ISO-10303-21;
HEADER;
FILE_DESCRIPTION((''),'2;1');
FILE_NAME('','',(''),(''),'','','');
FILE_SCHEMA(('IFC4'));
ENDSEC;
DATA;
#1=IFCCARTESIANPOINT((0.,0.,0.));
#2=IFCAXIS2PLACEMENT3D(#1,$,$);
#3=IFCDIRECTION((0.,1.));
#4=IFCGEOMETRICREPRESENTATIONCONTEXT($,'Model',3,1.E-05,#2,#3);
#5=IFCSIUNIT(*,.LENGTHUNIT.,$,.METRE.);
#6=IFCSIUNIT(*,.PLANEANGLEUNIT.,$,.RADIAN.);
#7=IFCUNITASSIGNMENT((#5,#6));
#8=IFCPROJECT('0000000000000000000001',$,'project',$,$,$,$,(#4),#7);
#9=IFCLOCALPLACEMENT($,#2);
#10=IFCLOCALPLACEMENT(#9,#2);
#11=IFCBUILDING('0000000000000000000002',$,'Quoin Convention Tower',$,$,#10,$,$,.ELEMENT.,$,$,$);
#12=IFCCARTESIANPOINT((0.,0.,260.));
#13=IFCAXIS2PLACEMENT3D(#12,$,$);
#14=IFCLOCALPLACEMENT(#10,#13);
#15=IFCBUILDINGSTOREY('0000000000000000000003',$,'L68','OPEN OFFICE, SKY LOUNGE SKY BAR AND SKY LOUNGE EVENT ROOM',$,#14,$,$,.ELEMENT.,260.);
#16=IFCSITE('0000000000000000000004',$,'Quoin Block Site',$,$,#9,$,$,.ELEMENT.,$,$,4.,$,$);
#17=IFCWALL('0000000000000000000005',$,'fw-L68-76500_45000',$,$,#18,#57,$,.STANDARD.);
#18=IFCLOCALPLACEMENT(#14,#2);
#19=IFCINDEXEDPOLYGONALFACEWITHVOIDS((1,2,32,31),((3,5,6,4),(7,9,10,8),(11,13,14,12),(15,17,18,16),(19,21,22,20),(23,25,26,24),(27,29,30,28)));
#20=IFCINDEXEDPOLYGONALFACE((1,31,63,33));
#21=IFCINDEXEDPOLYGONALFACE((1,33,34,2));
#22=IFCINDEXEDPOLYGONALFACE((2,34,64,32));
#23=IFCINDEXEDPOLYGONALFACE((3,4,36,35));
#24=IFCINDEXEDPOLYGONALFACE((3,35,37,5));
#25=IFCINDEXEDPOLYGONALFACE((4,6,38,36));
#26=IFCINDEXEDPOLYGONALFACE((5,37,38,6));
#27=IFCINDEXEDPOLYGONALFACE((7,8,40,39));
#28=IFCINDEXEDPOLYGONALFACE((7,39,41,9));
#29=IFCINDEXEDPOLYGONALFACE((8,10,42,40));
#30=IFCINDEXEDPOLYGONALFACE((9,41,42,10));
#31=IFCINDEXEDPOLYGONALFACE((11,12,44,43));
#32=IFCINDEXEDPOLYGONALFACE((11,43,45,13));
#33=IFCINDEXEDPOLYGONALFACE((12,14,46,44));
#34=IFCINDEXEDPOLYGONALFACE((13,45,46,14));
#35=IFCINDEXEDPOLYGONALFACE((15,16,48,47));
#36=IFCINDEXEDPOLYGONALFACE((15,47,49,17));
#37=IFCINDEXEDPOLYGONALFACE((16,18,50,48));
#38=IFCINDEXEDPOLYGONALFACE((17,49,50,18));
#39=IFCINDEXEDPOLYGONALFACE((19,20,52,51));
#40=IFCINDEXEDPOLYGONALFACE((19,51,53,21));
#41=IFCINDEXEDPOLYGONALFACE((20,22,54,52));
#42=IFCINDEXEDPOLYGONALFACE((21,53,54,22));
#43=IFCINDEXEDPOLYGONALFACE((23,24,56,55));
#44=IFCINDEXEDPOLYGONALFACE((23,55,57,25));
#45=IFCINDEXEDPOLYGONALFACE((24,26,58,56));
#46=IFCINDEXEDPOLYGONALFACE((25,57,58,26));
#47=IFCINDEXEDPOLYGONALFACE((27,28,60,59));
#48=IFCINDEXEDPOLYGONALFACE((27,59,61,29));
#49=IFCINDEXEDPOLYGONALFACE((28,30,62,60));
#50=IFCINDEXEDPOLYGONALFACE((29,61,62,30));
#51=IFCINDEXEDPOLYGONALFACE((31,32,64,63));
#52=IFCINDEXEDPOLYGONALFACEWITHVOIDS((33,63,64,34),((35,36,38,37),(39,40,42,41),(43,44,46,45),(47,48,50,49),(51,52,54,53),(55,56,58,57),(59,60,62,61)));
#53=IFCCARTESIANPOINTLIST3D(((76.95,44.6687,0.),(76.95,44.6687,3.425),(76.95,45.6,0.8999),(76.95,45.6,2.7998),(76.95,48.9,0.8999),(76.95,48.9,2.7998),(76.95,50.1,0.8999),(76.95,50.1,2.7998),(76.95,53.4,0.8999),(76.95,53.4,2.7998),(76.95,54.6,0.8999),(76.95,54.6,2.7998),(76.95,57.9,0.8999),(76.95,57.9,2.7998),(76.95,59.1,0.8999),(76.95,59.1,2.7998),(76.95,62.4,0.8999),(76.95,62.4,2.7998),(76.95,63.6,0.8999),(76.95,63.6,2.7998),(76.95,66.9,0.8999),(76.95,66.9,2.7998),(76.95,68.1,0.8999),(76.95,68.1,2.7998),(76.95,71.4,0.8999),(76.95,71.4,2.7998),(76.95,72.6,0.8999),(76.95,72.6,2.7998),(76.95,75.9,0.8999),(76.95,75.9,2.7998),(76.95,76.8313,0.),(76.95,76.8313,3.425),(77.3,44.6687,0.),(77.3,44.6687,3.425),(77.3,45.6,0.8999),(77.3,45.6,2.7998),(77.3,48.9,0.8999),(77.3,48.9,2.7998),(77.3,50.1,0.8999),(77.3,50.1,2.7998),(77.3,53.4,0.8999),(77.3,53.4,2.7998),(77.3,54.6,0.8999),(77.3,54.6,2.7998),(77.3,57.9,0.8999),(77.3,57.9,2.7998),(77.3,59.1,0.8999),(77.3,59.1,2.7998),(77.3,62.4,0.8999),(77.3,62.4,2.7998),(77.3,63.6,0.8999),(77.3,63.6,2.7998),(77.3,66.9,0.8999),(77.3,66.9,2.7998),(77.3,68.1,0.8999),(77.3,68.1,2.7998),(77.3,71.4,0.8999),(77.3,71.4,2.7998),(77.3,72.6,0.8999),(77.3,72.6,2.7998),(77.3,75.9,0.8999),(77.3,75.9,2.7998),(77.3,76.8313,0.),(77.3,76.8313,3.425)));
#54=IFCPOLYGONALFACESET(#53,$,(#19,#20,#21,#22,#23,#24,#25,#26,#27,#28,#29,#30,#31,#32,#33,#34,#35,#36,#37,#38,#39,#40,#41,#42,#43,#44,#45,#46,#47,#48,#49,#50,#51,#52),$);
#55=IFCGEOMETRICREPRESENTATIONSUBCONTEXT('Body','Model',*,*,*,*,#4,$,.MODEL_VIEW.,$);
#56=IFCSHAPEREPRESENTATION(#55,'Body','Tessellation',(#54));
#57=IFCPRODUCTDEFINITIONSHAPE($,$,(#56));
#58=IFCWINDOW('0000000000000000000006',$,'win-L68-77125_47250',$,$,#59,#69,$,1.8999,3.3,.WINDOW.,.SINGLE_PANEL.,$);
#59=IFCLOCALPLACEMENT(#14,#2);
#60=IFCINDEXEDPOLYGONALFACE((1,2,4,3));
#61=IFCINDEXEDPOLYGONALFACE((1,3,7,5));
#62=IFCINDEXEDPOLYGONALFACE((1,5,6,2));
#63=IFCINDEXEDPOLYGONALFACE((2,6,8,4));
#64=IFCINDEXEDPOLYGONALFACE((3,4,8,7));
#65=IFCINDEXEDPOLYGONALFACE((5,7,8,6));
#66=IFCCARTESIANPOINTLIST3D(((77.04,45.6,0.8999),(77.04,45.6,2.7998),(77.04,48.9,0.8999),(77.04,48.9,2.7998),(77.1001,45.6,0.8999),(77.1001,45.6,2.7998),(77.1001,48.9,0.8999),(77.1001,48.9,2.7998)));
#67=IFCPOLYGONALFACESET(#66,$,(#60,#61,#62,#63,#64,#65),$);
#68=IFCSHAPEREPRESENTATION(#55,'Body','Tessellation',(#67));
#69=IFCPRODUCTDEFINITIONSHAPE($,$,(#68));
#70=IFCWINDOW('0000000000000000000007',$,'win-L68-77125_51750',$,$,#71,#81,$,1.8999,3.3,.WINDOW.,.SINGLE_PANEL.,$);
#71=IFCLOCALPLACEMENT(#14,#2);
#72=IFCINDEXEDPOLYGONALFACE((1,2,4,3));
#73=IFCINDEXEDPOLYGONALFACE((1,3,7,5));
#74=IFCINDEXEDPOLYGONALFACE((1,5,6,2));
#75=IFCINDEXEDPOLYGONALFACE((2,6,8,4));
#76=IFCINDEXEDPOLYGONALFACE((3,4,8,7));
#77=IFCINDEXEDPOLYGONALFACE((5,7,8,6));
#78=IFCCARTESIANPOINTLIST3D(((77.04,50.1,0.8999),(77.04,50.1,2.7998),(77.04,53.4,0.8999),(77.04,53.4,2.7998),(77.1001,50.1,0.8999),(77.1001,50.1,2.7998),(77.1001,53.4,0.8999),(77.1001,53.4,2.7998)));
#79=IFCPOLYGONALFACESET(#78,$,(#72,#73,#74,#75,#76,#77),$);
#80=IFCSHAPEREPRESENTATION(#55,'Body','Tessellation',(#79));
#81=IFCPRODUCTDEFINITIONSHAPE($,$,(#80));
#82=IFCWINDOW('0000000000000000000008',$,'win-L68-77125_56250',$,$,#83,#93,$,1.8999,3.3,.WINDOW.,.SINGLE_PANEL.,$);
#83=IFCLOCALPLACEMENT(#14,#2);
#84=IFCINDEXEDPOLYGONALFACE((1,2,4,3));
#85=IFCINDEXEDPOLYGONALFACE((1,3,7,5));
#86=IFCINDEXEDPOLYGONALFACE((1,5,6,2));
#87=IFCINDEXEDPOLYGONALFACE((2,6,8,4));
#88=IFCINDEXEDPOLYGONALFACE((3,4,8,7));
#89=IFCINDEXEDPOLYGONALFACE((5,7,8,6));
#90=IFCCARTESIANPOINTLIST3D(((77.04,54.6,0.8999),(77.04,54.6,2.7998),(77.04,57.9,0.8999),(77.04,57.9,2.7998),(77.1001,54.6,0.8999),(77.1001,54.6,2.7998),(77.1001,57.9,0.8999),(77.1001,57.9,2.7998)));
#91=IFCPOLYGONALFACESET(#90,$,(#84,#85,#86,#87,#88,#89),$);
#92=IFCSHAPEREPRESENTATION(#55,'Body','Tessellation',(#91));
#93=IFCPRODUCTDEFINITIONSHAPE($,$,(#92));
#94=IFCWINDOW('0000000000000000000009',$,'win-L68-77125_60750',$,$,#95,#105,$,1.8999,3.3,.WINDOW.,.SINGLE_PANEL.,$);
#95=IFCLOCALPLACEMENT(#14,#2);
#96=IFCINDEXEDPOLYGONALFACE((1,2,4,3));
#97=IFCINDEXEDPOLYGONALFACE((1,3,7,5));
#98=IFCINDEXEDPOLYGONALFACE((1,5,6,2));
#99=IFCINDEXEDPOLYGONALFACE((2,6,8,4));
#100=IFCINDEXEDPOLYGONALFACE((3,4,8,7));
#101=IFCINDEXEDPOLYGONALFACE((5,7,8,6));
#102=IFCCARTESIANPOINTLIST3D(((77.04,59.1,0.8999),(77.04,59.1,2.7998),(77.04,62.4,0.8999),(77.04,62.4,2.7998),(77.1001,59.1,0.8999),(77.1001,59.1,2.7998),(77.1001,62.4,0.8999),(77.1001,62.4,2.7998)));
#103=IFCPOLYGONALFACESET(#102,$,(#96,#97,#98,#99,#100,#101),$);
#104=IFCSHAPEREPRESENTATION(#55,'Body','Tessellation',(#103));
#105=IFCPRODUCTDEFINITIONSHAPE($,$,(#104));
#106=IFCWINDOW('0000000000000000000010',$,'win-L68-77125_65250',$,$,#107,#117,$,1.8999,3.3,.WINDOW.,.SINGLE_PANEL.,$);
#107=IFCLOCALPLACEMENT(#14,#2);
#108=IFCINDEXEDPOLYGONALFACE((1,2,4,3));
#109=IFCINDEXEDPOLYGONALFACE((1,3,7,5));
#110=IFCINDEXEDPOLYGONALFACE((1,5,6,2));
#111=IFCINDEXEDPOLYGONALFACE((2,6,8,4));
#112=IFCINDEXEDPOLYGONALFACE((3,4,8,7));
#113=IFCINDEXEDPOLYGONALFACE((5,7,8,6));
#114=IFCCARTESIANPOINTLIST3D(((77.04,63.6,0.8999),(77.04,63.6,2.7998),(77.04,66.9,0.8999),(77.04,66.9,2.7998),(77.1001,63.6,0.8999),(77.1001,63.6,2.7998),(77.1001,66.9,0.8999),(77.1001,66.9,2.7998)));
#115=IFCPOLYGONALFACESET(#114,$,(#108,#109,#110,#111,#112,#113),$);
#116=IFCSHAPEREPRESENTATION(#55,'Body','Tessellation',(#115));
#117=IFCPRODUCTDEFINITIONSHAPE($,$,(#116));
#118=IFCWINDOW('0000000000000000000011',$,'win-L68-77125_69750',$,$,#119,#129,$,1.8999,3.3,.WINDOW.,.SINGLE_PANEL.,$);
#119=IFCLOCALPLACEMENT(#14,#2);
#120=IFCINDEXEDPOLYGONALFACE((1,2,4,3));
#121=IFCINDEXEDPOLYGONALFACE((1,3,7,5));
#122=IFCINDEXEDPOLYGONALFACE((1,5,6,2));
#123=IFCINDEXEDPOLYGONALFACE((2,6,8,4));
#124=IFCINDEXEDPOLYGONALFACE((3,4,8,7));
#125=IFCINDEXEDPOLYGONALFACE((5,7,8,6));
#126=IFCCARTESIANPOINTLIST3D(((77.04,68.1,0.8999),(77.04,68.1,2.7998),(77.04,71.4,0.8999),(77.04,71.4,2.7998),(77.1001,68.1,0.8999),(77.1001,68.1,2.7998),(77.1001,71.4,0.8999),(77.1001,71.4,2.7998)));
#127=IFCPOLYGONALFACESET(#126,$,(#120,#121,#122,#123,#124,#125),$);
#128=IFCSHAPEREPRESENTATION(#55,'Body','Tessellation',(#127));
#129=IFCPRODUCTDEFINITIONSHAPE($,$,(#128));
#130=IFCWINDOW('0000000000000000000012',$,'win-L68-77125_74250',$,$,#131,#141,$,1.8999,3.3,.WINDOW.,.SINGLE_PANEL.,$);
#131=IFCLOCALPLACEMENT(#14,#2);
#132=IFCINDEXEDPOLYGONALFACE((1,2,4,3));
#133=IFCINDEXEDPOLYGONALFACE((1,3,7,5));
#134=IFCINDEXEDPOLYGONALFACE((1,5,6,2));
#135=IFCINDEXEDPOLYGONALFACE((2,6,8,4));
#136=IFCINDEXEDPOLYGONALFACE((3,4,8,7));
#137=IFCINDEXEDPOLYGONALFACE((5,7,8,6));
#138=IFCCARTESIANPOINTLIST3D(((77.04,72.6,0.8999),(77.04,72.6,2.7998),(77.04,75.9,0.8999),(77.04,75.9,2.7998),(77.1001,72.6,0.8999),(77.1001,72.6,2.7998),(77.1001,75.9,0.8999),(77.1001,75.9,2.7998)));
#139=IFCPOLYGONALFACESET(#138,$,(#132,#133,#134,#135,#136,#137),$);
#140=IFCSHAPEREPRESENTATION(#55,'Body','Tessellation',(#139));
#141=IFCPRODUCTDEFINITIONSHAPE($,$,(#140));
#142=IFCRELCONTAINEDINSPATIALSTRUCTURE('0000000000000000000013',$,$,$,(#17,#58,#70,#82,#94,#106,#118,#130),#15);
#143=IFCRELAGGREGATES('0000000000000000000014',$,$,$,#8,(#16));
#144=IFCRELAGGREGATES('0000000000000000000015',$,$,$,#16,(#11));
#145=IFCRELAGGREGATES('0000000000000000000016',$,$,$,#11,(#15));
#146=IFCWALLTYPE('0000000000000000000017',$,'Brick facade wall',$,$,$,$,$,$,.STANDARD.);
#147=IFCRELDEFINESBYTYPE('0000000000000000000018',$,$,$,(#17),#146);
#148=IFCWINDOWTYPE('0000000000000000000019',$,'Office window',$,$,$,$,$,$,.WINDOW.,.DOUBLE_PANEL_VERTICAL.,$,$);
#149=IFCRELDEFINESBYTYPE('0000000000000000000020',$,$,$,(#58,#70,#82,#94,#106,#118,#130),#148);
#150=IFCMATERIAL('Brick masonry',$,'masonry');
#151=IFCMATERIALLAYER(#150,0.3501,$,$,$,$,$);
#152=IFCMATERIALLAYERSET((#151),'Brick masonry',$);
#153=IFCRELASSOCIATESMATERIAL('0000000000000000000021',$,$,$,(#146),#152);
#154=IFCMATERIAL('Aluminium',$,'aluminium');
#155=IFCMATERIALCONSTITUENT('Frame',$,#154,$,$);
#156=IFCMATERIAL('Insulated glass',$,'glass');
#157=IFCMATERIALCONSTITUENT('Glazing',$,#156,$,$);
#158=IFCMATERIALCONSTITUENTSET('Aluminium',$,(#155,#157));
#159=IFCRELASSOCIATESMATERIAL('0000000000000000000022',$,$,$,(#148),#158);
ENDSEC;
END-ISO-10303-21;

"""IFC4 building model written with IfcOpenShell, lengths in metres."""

from ifc_helpers import new_model, si_unit, direction, frame, frame_2d, origin, place, context, subcontext, project, spatial, rectangle, extrude, material, layer, layer_set, constituent, constituent_set, type_object, element, fill, save


model = new_model("IFC4")

# Units and contexts
model_context = context("Model", 3, precision=1e-05, world=origin(), true_north=direction((0.0, 1.0)))
body_context = subcontext(model_context, "Body", "Model", "MODEL_VIEW")
ifc_project = project(units=[si_unit("LENGTHUNIT", "METRE"), si_unit("PLANEANGLEUNIT", "RADIAN")], contexts=[model_context])

# Site, building, storey
site_placement = place(None, origin())
site = spatial("IfcSite", under=ifc_project, at=site_placement, Name="Quoin Block Site", CompositionType="ELEMENT", RefElevation=4.0)
building_placement = place(site_placement, origin())
building = spatial("IfcBuilding", under=site, at=building_placement, Name="Quoin Convention Tower", CompositionType="ELEMENT")
storey_placement = place(building_placement, frame((0.0, 0.0, 260.0)))
storey = spatial("IfcBuildingStorey", under=building, at=storey_placement, Name="L68", Description="OPEN OFFICE, SKY LOUNGE SKY BAR AND SKY LOUNGE EVENT ROOM", CompositionType="ELEMENT", Elevation=260.0)

# Shared definitions
ifc_material_1 = material(Name="Brick masonry", Category="masonry")
ifc_layer_1 = layer(ifc_material_1, 0.3501)
ifc_layer_set_1 = layer_set([ifc_layer_1], Name="Brick masonry")
wall_type_1 = type_object("IfcWallType", Name="Brick facade wall", PredefinedType="STANDARD", material=ifc_layer_set_1)
ifc_material_2 = material(Name="Aluminium", Category="aluminium")
ifc_constituent_1 = constituent(ifc_material_2, Name="Frame")
ifc_material_3 = material(Name="Insulated glass", Category="glass")
ifc_constituent_2 = constituent(ifc_material_3, Name="Glazing")
ifc_constituent_set = constituent_set(constituents=[ifc_constituent_1, ifc_constituent_2], Name="Aluminium")
window_type = type_object("IfcWindowType", Name="Office window", PartitioningType="DOUBLE_PANEL_VERTICAL", PredefinedType="WINDOW", material=ifc_constituent_set)

# Wall, openings, windows
wall_1_placement = place(storey_placement, frame((77.125, 44.6687, 0.0), z_axis=(0.0, 0.0, 1.0), x_axis=(0.0, 1.0, 0.0)))
wall_1 = element("IfcWall", 1, at=wall_1_placement, inside=storey, type_object=wall_type_1, Name="fw-L68-76500_45000", PredefinedType="STANDARD", context=body_context, shape_type="SweptSolid", body=[
    extrude(rectangle(XDim=32.1626, YDim=0.3501, at=frame_2d((16.0813, 0.0))), origin(), (0.0, 0.0, 1.0), 3.425),
])
opening_1_placement = place(wall_1_placement, frame((0.9314, 0.0, 0.8999)))
opening_1 = element("IfcOpeningElement", 2, at=opening_1_placement, cuts=wall_1, PredefinedType="OPENING", context=body_context, shape_type="SweptSolid", body=[
    extrude(rectangle(XDim=3.3, YDim=1.8999, at=frame_2d((1.6499, 0.95))), frame((0.0, 0.1851, 0.0), z_axis=(0.0, -1.0, 0.0), x_axis=(1.0, 0.0, 0.0)), (0.0, 0.0, 1.0), 0.3701),
])
opening_2_placement = place(wall_1_placement, frame((5.4314, 0.0, 0.8999)))
opening_2 = element("IfcOpeningElement", 3, at=opening_2_placement, cuts=wall_1, PredefinedType="OPENING", context=body_context, shape_type="SweptSolid", body=[
    extrude(rectangle(XDim=3.3, YDim=1.8999, at=frame_2d((1.6499, 0.95))), frame((0.0, 0.1851, 0.0), z_axis=(0.0, -1.0, 0.0), x_axis=(1.0, 0.0, 0.0)), (0.0, 0.0, 1.0), 0.3701),
])
opening_3_placement = place(wall_1_placement, frame((9.9314, 0.0, 0.8999)))
opening_3 = element("IfcOpeningElement", 4, at=opening_3_placement, cuts=wall_1, PredefinedType="OPENING", context=body_context, shape_type="SweptSolid", body=[
    extrude(rectangle(XDim=3.3, YDim=1.8999, at=frame_2d((1.6499, 0.95))), frame((0.0, 0.1851, 0.0), z_axis=(0.0, -1.0, 0.0), x_axis=(1.0, 0.0, 0.0)), (0.0, 0.0, 1.0), 0.3701),
])
opening_4_placement = place(wall_1_placement, frame((14.4314, 0.0, 0.8999)))
opening_4 = element("IfcOpeningElement", 5, at=opening_4_placement, cuts=wall_1, PredefinedType="OPENING", context=body_context, shape_type="SweptSolid", body=[
    extrude(rectangle(XDim=3.3, YDim=1.8999, at=frame_2d((1.6499, 0.95))), frame((0.0, 0.1851, 0.0), z_axis=(0.0, -1.0, 0.0), x_axis=(1.0, 0.0, 0.0)), (0.0, 0.0, 1.0), 0.3701),
])
opening_5_placement = place(wall_1_placement, frame((18.9314, 0.0, 0.8999)))
opening_5 = element("IfcOpeningElement", 6, at=opening_5_placement, cuts=wall_1, PredefinedType="OPENING", context=body_context, shape_type="SweptSolid", body=[
    extrude(rectangle(XDim=3.3, YDim=1.8999, at=frame_2d((1.6499, 0.95))), frame((0.0, 0.1851, 0.0), z_axis=(0.0, -1.0, 0.0), x_axis=(1.0, 0.0, 0.0)), (0.0, 0.0, 1.0), 0.3701),
])
opening_6_placement = place(wall_1_placement, frame((23.4314, 0.0, 0.8999)))
opening_6 = element("IfcOpeningElement", 7, at=opening_6_placement, cuts=wall_1, PredefinedType="OPENING", context=body_context, shape_type="SweptSolid", body=[
    extrude(rectangle(XDim=3.3, YDim=1.8999, at=frame_2d((1.6499, 0.95))), frame((0.0, 0.1851, 0.0), z_axis=(0.0, -1.0, 0.0), x_axis=(1.0, 0.0, 0.0)), (0.0, 0.0, 1.0), 0.3701),
])
opening_7_placement = place(wall_1_placement, frame((27.9314, 0.0, 0.8999)))
opening_7 = element("IfcOpeningElement", 8, at=opening_7_placement, cuts=wall_1, PredefinedType="OPENING", context=body_context, shape_type="SweptSolid", body=[
    extrude(rectangle(XDim=3.3, YDim=1.8999, at=frame_2d((1.6499, 0.95))), frame((0.0, 0.1851, 0.0), z_axis=(0.0, -1.0, 0.0), x_axis=(1.0, 0.0, 0.0)), (0.0, 0.0, 1.0), 0.3701),
])
window_1_placement = place(opening_1_placement, origin())
window_1 = element("IfcWindow", 9, at=window_1_placement, inside=storey, type_object=window_type, Name="win-L68-77125_47250", OverallHeight=1.8999, OverallWidth=3.3, PartitioningType="SINGLE_PANEL", PredefinedType="WINDOW", context=body_context, shape_type="SweptSolid", body=[
    extrude(rectangle(XDim=3.3, YDim=1.8999, at=frame_2d((1.6499, 0.95))), frame((0.0, 0.085, 0.0), z_axis=(0.0, -1.0, 0.0), x_axis=(1.0, 0.0, 0.0)), (0.0, 0.0, 1.0), 0.0601),
])
fill(opening_1, window_1)
window_2_placement = place(opening_2_placement, origin())
window_2 = element("IfcWindow", 10, at=window_2_placement, inside=storey, type_object=window_type, Name="win-L68-77125_51750", OverallHeight=1.8999, OverallWidth=3.3, PartitioningType="SINGLE_PANEL", PredefinedType="WINDOW", context=body_context, shape_type="SweptSolid", body=[
    extrude(rectangle(XDim=3.3, YDim=1.8999, at=frame_2d((1.6499, 0.95))), frame((0.0, 0.085, 0.0), z_axis=(0.0, -1.0, 0.0), x_axis=(1.0, 0.0, 0.0)), (0.0, 0.0, 1.0), 0.0601),
])
fill(opening_2, window_2)
window_3_placement = place(opening_3_placement, origin())
window_3 = element("IfcWindow", 11, at=window_3_placement, inside=storey, type_object=window_type, Name="win-L68-77125_56250", OverallHeight=1.8999, OverallWidth=3.3, PartitioningType="SINGLE_PANEL", PredefinedType="WINDOW", context=body_context, shape_type="SweptSolid", body=[
    extrude(rectangle(XDim=3.3, YDim=1.8999, at=frame_2d((1.6499, 0.95))), frame((0.0, 0.085, 0.0), z_axis=(0.0, -1.0, 0.0), x_axis=(1.0, 0.0, 0.0)), (0.0, 0.0, 1.0), 0.0601),
])
fill(opening_3, window_3)
window_4_placement = place(opening_4_placement, origin())
window_4 = element("IfcWindow", 12, at=window_4_placement, inside=storey, type_object=window_type, Name="win-L68-77125_60750", OverallHeight=1.8999, OverallWidth=3.3, PartitioningType="SINGLE_PANEL", PredefinedType="WINDOW", context=body_context, shape_type="SweptSolid", body=[
    extrude(rectangle(XDim=3.3, YDim=1.8999, at=frame_2d((1.6499, 0.95))), frame((0.0, 0.085, 0.0), z_axis=(0.0, -1.0, 0.0), x_axis=(1.0, 0.0, 0.0)), (0.0, 0.0, 1.0), 0.0601),
])
fill(opening_4, window_4)
window_5_placement = place(opening_5_placement, origin())
window_5 = element("IfcWindow", 13, at=window_5_placement, inside=storey, type_object=window_type, Name="win-L68-77125_65250", OverallHeight=1.8999, OverallWidth=3.3, PartitioningType="SINGLE_PANEL", PredefinedType="WINDOW", context=body_context, shape_type="SweptSolid", body=[
    extrude(rectangle(XDim=3.3, YDim=1.8999, at=frame_2d((1.6499, 0.95))), frame((0.0, 0.085, 0.0), z_axis=(0.0, -1.0, 0.0), x_axis=(1.0, 0.0, 0.0)), (0.0, 0.0, 1.0), 0.0601),
])
fill(opening_5, window_5)
window_6_placement = place(opening_6_placement, origin())
window_6 = element("IfcWindow", 14, at=window_6_placement, inside=storey, type_object=window_type, Name="win-L68-77125_69750", OverallHeight=1.8999, OverallWidth=3.3, PartitioningType="SINGLE_PANEL", PredefinedType="WINDOW", context=body_context, shape_type="SweptSolid", body=[
    extrude(rectangle(XDim=3.3, YDim=1.8999, at=frame_2d((1.6499, 0.95))), frame((0.0, 0.085, 0.0), z_axis=(0.0, -1.0, 0.0), x_axis=(1.0, 0.0, 0.0)), (0.0, 0.0, 1.0), 0.0601),
])
fill(opening_6, window_6)
window_7_placement = place(opening_7_placement, origin())
window_7 = element("IfcWindow", 15, at=window_7_placement, inside=storey, type_object=window_type, Name="win-L68-77125_74250", OverallHeight=1.8999, OverallWidth=3.3, PartitioningType="SINGLE_PANEL", PredefinedType="WINDOW", context=body_context, shape_type="SweptSolid", body=[
    extrude(rectangle(XDim=3.3, YDim=1.8999, at=frame_2d((1.6499, 0.95))), frame((0.0, 0.085, 0.0), z_axis=(0.0, -1.0, 0.0), x_axis=(1.0, 0.0, 0.0)), (0.0, 0.0, 1.0), 0.0601),
])
fill(opening_7, window_7)

save(model, "model.ifc")
